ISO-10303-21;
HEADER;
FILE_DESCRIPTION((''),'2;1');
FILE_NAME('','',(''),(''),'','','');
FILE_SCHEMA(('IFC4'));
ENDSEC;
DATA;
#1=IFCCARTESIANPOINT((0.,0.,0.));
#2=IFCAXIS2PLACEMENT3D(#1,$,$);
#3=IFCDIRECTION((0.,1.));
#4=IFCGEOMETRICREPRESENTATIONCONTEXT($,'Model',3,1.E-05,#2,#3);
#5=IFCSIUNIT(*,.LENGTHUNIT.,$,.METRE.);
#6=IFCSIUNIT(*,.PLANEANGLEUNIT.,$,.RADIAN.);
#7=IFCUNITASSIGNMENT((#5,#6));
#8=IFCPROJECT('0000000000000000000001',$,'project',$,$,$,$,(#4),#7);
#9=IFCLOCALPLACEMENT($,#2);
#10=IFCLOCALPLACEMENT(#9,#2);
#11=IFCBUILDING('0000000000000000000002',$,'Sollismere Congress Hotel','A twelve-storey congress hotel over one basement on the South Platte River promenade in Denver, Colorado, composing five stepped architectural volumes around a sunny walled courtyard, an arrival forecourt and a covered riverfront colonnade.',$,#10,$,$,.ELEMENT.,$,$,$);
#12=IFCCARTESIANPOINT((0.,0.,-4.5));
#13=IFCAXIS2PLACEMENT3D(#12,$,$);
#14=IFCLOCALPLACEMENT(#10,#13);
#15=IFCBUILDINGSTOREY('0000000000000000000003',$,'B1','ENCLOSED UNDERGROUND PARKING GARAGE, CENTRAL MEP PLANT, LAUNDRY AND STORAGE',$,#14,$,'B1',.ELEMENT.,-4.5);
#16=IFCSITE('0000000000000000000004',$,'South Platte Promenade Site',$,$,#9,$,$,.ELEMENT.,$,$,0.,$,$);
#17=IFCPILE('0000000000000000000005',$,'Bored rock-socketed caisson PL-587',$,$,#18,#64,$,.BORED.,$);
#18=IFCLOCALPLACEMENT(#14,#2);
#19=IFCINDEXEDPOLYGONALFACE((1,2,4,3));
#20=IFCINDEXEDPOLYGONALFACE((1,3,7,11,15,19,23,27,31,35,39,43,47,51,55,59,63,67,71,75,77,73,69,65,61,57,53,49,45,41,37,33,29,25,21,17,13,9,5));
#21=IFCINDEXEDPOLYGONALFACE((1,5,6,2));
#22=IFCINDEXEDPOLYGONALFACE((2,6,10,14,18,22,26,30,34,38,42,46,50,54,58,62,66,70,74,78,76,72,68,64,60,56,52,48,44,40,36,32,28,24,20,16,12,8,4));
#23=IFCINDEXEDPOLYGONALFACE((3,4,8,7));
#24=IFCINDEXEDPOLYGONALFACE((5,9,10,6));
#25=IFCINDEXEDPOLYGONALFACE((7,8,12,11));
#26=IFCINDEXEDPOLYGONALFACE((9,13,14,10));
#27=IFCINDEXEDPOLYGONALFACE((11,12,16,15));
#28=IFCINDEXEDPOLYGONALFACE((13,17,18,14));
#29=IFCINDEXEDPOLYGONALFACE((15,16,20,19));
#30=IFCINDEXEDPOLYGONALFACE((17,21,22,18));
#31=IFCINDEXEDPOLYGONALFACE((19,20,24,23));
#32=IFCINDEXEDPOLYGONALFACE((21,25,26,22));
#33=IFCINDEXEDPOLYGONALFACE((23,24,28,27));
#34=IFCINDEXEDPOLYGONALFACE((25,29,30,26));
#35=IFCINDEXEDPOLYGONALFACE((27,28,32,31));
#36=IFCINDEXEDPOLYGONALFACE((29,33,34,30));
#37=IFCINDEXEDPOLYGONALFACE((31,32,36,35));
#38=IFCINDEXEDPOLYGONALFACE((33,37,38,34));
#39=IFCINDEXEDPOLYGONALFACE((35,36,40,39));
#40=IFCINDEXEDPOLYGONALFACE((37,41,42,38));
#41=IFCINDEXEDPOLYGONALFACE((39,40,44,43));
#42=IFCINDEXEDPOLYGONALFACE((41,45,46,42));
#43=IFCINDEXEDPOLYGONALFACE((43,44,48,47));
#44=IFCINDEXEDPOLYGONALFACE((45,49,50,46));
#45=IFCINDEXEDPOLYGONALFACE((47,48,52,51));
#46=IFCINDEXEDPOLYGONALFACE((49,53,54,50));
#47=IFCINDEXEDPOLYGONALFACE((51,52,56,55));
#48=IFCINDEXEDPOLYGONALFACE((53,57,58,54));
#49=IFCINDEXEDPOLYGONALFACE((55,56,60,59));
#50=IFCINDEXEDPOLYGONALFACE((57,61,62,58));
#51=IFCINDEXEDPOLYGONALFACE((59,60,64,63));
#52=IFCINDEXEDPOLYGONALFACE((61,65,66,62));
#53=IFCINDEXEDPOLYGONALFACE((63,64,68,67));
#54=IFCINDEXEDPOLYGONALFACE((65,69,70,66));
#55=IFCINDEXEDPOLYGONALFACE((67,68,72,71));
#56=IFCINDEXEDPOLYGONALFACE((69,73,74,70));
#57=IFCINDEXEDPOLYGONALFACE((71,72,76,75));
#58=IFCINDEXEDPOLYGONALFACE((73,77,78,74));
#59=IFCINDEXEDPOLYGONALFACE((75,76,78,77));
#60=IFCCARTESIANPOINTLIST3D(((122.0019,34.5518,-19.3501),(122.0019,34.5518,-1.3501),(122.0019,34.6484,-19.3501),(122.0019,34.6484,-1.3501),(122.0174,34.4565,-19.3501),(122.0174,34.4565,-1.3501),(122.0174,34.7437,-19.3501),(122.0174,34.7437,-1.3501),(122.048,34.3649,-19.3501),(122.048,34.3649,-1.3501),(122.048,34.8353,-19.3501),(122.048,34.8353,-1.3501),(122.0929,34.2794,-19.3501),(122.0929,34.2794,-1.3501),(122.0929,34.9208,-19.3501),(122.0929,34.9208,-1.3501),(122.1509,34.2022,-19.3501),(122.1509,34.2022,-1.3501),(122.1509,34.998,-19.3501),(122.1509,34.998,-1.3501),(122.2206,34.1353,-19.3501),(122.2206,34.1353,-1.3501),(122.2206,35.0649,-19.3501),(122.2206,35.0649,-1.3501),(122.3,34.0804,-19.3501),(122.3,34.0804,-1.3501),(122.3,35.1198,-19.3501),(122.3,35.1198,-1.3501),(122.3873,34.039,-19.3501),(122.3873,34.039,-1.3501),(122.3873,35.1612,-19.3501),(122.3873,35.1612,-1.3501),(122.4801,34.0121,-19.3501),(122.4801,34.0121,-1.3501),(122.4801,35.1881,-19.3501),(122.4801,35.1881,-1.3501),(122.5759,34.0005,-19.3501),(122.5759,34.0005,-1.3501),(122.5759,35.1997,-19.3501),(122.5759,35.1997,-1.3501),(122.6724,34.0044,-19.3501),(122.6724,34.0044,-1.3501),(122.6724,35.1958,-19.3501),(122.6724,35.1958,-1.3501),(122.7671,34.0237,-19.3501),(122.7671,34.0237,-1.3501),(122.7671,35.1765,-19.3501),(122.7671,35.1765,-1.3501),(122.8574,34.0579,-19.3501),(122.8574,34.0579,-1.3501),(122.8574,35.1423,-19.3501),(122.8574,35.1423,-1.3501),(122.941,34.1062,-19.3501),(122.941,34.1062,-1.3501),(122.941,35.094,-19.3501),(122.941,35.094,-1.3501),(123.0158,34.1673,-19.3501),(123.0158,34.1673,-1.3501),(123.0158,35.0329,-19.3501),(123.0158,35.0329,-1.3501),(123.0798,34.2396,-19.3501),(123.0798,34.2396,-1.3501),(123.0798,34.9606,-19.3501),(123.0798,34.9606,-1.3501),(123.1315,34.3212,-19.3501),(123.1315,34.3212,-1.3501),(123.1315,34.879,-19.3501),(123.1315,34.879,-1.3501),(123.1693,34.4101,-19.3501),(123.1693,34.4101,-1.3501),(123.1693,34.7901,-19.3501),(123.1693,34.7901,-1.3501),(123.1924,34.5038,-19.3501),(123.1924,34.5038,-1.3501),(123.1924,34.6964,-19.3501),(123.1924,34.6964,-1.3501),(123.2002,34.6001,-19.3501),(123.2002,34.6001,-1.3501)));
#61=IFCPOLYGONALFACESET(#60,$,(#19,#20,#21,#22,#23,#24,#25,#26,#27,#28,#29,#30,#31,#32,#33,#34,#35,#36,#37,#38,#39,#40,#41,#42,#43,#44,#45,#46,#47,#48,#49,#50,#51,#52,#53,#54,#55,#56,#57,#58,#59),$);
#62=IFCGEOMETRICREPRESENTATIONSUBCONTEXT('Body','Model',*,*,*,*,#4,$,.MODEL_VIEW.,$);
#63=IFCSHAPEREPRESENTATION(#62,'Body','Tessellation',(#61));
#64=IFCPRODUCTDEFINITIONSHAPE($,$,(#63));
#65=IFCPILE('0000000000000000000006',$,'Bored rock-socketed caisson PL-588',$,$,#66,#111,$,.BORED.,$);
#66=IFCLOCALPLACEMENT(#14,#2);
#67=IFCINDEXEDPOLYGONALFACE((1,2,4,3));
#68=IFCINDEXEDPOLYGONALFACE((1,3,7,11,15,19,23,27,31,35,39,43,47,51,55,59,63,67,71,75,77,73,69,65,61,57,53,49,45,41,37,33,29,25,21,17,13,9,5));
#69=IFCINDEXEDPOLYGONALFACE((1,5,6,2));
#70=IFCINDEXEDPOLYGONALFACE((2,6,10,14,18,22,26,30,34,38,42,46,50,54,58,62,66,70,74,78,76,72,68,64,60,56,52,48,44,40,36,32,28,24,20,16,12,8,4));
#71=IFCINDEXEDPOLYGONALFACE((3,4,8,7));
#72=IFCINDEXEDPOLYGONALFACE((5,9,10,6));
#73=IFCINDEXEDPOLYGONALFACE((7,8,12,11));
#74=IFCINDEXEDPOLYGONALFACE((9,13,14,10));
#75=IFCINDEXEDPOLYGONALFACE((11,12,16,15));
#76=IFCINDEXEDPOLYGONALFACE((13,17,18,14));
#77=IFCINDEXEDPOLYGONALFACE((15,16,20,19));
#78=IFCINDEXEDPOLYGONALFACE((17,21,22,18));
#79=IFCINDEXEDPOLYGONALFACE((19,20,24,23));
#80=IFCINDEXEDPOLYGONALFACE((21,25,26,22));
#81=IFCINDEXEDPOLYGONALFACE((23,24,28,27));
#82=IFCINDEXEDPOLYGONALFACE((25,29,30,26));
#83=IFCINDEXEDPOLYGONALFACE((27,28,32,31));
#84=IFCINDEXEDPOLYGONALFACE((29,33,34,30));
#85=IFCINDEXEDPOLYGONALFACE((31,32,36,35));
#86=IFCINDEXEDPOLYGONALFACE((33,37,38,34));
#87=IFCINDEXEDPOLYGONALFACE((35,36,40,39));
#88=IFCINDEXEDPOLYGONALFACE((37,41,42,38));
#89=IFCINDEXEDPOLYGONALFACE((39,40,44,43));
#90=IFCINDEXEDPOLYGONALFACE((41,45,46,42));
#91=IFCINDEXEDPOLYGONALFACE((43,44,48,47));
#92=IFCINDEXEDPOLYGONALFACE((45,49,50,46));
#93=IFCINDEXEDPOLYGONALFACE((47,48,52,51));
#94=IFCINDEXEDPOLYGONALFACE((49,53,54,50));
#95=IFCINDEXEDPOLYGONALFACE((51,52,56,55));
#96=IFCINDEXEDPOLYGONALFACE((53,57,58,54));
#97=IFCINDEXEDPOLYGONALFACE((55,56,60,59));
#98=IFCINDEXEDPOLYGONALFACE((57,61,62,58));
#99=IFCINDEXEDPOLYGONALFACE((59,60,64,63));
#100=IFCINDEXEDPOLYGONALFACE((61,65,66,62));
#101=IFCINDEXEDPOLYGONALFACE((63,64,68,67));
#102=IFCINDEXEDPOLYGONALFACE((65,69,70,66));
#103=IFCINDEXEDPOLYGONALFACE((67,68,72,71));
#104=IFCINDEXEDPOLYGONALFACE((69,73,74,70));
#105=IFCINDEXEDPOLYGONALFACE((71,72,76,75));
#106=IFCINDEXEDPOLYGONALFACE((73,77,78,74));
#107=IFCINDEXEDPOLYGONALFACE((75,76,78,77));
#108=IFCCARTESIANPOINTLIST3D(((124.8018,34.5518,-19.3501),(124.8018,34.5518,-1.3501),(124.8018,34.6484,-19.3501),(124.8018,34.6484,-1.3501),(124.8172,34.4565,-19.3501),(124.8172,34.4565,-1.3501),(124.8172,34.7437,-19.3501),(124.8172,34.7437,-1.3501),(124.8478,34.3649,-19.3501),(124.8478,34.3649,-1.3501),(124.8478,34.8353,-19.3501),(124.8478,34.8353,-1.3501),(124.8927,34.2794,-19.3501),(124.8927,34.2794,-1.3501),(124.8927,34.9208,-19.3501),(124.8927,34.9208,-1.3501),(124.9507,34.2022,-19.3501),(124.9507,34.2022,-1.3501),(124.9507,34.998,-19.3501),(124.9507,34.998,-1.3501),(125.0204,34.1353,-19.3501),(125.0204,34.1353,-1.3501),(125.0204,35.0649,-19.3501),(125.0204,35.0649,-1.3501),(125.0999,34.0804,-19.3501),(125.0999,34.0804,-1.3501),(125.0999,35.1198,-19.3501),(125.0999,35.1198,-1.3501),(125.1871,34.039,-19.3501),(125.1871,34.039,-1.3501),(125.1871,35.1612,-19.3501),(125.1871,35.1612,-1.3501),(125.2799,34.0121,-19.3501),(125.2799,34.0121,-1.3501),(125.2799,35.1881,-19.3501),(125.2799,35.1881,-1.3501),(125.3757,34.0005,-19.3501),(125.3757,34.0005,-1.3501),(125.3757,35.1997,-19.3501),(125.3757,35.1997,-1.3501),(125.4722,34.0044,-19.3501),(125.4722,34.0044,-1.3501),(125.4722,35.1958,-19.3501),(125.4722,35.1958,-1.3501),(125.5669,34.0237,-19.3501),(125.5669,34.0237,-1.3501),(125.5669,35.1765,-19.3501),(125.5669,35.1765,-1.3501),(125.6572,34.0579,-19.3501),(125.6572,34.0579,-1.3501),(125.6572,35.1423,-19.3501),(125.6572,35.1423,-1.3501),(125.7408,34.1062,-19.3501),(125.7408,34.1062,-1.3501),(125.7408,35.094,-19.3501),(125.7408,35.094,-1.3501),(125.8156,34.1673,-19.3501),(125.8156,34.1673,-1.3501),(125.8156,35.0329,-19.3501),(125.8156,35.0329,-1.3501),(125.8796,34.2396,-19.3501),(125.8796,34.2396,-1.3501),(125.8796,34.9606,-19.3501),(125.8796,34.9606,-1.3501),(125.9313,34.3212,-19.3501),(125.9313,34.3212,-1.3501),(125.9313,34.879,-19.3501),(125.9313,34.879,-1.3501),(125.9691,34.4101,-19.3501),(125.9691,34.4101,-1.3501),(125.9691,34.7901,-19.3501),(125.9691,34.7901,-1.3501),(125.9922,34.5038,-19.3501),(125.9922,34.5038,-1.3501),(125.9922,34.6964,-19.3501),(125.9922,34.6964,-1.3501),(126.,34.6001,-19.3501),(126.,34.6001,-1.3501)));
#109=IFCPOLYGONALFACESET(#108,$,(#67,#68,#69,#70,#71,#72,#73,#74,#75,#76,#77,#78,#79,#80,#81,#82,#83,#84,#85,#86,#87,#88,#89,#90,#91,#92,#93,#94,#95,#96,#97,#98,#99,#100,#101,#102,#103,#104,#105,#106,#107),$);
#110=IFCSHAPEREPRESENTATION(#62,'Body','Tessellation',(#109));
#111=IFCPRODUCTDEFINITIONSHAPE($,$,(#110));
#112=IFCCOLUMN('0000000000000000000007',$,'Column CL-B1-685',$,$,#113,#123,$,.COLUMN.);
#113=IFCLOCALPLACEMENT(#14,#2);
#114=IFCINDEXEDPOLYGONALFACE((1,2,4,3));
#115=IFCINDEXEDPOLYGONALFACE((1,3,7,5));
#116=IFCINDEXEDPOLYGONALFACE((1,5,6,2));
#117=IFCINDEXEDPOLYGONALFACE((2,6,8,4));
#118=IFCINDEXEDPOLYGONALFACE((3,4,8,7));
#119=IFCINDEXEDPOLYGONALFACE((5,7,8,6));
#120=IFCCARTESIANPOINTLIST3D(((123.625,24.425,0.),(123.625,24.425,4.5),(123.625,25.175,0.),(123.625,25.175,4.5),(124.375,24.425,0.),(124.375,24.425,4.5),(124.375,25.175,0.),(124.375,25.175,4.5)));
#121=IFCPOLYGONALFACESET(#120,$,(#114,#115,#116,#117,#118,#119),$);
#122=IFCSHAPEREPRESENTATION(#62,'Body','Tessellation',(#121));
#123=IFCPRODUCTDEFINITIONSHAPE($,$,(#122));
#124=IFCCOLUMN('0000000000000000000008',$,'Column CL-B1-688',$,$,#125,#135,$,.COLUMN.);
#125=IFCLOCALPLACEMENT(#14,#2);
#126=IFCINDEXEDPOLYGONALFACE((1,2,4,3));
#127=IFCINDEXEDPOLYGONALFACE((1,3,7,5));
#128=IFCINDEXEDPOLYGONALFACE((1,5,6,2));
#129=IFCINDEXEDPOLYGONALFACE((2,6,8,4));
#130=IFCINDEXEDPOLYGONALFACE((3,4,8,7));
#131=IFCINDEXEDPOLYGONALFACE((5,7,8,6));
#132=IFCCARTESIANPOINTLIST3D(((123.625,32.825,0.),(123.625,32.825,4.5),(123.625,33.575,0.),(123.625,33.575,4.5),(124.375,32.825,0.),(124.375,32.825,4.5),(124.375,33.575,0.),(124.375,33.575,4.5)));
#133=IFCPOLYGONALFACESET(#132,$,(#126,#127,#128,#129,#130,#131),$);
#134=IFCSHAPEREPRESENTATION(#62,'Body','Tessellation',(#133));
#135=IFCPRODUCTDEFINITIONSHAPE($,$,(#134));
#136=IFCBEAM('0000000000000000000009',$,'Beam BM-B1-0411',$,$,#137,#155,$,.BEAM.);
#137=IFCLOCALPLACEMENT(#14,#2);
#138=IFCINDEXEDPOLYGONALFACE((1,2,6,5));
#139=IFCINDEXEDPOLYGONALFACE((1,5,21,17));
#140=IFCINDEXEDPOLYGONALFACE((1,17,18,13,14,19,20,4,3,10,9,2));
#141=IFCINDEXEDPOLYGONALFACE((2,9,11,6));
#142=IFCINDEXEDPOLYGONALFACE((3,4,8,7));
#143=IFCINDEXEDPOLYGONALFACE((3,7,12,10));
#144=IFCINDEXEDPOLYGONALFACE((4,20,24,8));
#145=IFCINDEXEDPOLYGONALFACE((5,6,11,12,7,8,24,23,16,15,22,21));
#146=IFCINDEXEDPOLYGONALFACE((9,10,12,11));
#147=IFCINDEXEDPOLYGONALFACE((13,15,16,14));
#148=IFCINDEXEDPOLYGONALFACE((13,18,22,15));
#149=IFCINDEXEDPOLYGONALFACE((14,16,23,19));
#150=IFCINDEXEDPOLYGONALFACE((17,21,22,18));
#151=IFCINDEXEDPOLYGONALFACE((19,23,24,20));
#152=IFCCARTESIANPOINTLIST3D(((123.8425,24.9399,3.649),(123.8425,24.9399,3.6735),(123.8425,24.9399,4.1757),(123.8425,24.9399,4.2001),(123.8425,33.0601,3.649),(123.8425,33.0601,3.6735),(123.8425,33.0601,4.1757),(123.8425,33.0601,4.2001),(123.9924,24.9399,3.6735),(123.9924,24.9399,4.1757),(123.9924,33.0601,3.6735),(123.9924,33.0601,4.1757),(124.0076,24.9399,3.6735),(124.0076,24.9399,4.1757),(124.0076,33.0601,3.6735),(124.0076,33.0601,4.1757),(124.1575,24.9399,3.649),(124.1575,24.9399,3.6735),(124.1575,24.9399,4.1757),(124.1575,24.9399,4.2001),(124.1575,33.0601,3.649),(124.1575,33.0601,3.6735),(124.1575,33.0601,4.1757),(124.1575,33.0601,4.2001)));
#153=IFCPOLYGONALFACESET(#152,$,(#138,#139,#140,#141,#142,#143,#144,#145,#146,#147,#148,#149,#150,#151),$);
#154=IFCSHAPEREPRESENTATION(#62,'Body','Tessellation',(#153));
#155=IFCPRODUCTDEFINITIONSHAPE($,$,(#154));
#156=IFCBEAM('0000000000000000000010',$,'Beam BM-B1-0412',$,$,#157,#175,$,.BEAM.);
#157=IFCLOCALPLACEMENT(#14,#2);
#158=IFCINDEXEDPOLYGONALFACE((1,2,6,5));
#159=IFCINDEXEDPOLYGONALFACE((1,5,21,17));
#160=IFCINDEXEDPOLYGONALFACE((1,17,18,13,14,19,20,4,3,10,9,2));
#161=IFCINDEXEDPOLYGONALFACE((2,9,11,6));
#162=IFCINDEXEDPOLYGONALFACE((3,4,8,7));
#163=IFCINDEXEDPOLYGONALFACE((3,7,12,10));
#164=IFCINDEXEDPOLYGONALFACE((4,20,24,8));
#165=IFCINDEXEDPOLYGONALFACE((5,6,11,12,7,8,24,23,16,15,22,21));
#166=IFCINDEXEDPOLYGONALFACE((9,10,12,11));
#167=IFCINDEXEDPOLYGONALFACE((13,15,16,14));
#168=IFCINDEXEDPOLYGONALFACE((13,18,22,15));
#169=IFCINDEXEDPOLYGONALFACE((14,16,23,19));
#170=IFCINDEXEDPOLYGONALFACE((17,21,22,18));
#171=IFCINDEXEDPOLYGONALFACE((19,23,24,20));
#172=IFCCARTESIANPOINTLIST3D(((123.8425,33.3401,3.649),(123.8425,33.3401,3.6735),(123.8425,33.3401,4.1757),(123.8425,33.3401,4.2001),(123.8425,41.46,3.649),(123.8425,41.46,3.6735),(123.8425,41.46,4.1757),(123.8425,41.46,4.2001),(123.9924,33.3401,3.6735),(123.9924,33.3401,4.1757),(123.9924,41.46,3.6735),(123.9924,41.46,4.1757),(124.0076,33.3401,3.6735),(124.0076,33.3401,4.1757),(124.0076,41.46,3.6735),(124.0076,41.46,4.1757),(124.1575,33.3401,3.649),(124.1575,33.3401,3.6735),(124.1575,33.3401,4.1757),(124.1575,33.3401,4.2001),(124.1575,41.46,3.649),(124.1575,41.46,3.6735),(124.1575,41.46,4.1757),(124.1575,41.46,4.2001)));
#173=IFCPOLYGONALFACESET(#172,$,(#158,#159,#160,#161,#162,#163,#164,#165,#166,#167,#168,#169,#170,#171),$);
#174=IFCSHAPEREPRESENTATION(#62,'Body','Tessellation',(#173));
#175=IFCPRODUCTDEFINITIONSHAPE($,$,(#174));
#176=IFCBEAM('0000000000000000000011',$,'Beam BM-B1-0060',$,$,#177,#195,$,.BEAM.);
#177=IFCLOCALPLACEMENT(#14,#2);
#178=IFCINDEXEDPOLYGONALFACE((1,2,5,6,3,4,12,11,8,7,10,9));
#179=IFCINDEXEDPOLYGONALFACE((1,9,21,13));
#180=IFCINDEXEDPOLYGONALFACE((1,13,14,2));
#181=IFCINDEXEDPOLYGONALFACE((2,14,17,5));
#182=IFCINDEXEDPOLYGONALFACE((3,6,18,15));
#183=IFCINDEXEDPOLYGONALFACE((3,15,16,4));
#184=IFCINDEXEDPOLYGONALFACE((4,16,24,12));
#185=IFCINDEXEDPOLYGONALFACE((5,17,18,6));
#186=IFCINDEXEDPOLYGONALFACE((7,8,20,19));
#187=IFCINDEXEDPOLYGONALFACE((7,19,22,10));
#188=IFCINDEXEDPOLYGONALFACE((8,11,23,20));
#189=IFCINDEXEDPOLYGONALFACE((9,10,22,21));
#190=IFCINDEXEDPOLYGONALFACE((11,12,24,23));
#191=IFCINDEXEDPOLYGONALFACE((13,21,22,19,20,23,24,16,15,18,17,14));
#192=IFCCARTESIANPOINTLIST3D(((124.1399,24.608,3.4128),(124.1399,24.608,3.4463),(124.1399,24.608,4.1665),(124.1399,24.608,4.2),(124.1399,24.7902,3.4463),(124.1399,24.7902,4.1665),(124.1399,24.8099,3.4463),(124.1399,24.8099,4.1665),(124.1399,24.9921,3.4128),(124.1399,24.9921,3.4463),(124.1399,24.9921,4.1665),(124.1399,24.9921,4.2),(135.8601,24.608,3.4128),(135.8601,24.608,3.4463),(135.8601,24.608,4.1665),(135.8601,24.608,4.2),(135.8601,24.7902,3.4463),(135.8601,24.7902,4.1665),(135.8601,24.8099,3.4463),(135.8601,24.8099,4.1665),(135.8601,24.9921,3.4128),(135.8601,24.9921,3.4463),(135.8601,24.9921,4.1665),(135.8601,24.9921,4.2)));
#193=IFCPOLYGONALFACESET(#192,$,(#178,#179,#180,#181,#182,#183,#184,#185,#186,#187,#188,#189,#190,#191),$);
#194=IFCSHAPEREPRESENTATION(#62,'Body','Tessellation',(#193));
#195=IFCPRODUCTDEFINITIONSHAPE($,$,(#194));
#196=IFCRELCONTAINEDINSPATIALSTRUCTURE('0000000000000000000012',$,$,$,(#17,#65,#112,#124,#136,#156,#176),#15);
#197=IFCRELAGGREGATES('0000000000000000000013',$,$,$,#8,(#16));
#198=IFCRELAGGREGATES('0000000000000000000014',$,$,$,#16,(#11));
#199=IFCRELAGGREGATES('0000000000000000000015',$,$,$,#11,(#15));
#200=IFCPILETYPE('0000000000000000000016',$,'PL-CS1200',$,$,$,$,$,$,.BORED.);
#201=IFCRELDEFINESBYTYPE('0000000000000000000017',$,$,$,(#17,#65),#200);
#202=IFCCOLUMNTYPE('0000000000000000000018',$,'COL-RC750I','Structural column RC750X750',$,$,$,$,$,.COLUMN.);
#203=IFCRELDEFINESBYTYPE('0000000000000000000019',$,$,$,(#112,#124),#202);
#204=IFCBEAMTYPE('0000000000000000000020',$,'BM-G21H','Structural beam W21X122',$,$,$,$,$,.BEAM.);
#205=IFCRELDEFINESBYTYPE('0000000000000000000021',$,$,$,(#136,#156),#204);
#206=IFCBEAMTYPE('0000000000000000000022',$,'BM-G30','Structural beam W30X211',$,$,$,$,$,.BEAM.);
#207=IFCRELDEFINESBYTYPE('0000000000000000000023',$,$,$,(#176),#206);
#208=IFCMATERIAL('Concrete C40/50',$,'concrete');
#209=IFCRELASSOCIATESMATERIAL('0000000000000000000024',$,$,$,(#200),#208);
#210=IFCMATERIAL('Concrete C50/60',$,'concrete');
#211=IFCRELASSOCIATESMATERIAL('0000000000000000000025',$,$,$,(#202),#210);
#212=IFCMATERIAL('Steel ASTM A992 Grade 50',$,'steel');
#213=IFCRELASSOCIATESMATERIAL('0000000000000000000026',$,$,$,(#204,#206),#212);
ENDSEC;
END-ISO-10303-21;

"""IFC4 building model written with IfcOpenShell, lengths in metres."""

from ifc_helpers import new_model, si_unit, direction, frame, origin, origin_2d, place, context, subcontext, project, spatial, rectangle, circle, i_section, extrude, material, material_profile, profile_set, type_object, element, save


model = new_model("IFC4")

# Units and contexts
model_context = context("Model", 3, precision=1e-05, world=origin(), true_north=direction((0.0, 1.0)))
body_context = subcontext(model_context, "Body", "Model", "MODEL_VIEW")
ifc_project = project(units=[si_unit("LENGTHUNIT", "METRE"), si_unit("PLANEANGLEUNIT", "RADIAN")], contexts=[model_context])

# Site, building, storey
site_placement = place(None, origin())
site = spatial("IfcSite", under=ifc_project, at=site_placement, Name="South Platte Promenade Site", CompositionType="ELEMENT", RefElevation=0.0)
building_placement = place(site_placement, origin())
building = spatial("IfcBuilding", under=site, at=building_placement, Name="Sollismere Congress Hotel", Description="A twelve-storey congress hotel over one basement on the South Platte River promenade in Denver, Colorado, composing five stepped architectural volumes around a sunny walled courtyard, an arrival forecourt and a covered riverfront colonnade.", CompositionType="ELEMENT")
storey_placement = place(building_placement, frame((0.0, 0.0, -4.5)))
storey = spatial("IfcBuildingStorey", under=building, at=storey_placement, Name="B1", Description="ENCLOSED UNDERGROUND PARKING GARAGE, CENTRAL MEP PLANT, LAUNDRY AND STORAGE", LongName="B1", CompositionType="ELEMENT", Elevation=-4.5)

# Shared definitions
ifc_material_1 = material(Name="Concrete C40/50", Category="concrete")

# Piles
ifc_material_profile_1 = material_profile(ifc_material_1, circle(Radius=0.6001, at=origin_2d()), Name="CAISSON1200")
ifc_profile_set_1 = profile_set([ifc_material_profile_1], Name="Concrete C40/50")
pile_type = type_object("IfcPileType", Name="PL-CS1200", PredefinedType="BORED", material=ifc_profile_set_1)
for number, where, z_axis, x_axis, name in (
    (1, (122.6001, 34.6001, -1.3501), (0.0, 0.0, -1.0), (1.0, 0.0, 0.0), "Bored rock-socketed caisson PL-587"),
    (2, (125.3999, 34.6001, -1.3501), (0.0, 0.0, -1.0), (1.0, 0.0, 0.0), "Bored rock-socketed caisson PL-588"),
):
    element("IfcPile", number, at=place(storey_placement, frame(where, z_axis=z_axis, x_axis=x_axis)), inside=storey, type_object=pile_type, Name=name, PredefinedType="BORED", context=body_context, shape_type="SweptSolid", body=[
        extrude(circle(Radius=0.6001, at=origin_2d()), origin(), (0.0, 0.0, 1.0), 18.0),
    ])

# Columns
ifc_material_2 = material(Name="Concrete C50/60", Category="concrete")
ifc_material_profile_2 = material_profile(ifc_material_2, rectangle(XDim=0.75, YDim=0.75, at=origin_2d()), Name="RC750X750")
ifc_profile_set_2 = profile_set([ifc_material_profile_2], Name="Concrete C50/60")
column_type = type_object("IfcColumnType", Name="COL-RC750I", Description="Structural column RC750X750", PredefinedType="COLUMN", material=ifc_profile_set_2)
for number, where, z_axis, x_axis, name in (
    (3, (124.0, 24.8, 0.0), (0.0, 0.0, 1.0), (0.0, 1.0, 0.0), "Column CL-B1-685"),
    (4, (124.0, 33.2, 0.0), (0.0, 0.0, 1.0), (1.0, 0.0, 0.0), "Column CL-B1-688"),
):
    element("IfcColumn", number, at=place(storey_placement, frame(where, z_axis=z_axis, x_axis=x_axis)), inside=storey, type_object=column_type, Name=name, PredefinedType="COLUMN", context=body_context, shape_type="SweptSolid", body=[
        extrude(rectangle(XDim=0.75, YDim=0.75, at=origin_2d()), origin(), (0.0, 0.0, 1.0), 4.5),
    ])

# Beams
ifc_material_3 = material(Name="Steel ASTM A992 Grade 50", Category="steel")
ifc_material_profile_3 = material_profile(ifc_material_3, i_section(OverallWidth=0.3149, OverallDepth=0.551, WebThickness=0.0151, FlangeThickness=0.0244, at=origin_2d()), Name="W21X122")
ifc_profile_set_3 = profile_set([ifc_material_profile_3], Name="Steel ASTM A992 Grade 50")
beam_type_1 = type_object("IfcBeamType", Name="BM-G21H", Description="Structural beam W21X122", PredefinedType="BEAM", material=ifc_profile_set_3)
beam_1_placement = place(storey_placement, frame((124.0, 24.9399, 3.9246), z_axis=(0.0, 1.0, 0.0), x_axis=(-1.0, 0.0, 0.0)))
element("IfcBeam", 5, at=beam_1_placement, inside=storey, type_object=beam_type_1, Name="Beam BM-B1-0411", PredefinedType="BEAM", context=body_context, shape_type="SweptSolid", body=[
    extrude(i_section(OverallWidth=0.3149, OverallDepth=0.551, WebThickness=0.0151, FlangeThickness=0.0244, at=origin_2d()), origin(), (0.0, 0.0, 1.0), 8.1201),
])
beam_2_placement = place(storey_placement, frame((124.0, 33.3401, 3.9246), z_axis=(0.0, 1.0, 0.0), x_axis=(-1.0, 0.0, 0.0)))
element("IfcBeam", 6, at=beam_2_placement, inside=storey, type_object=beam_type_1, Name="Beam BM-B1-0412", PredefinedType="BEAM", context=body_context, shape_type="SweptSolid", body=[
    extrude(i_section(OverallWidth=0.3149, OverallDepth=0.551, WebThickness=0.0151, FlangeThickness=0.0244, at=origin_2d()), origin(), (0.0, 0.0, 1.0), 8.1199),
])
ifc_material_profile_4 = material_profile(ifc_material_3, i_section(OverallWidth=0.384, OverallDepth=0.7871, WebThickness=0.0198, FlangeThickness=0.0334, at=origin_2d()), Name="W30X211")
ifc_profile_set_4 = profile_set([ifc_material_profile_4], Name="Steel ASTM A992 Grade 50")
beam_type_2 = type_object("IfcBeamType", Name="BM-G30", Description="Structural beam W30X211", PredefinedType="BEAM", material=ifc_profile_set_4)
for number, where, z_axis, x_axis, name in (
    (7, (124.1399, 24.8, 3.8064), (1.0, 0.0, 0.0), (0.0, 1.0, 0.0), "Beam BM-B1-0060"),
):
    element("IfcBeam", number, at=place(storey_placement, frame(where, z_axis=z_axis, x_axis=x_axis)), inside=storey, type_object=beam_type_2, Name=name, PredefinedType="BEAM", context=body_context, shape_type="SweptSolid", body=[
        extrude(i_section(OverallWidth=0.384, OverallDepth=0.7871, WebThickness=0.0198, FlangeThickness=0.0334, at=origin_2d()), origin(), (0.0, 0.0, 1.0), 11.7202),
    ])

save(model, "model.ifc")
